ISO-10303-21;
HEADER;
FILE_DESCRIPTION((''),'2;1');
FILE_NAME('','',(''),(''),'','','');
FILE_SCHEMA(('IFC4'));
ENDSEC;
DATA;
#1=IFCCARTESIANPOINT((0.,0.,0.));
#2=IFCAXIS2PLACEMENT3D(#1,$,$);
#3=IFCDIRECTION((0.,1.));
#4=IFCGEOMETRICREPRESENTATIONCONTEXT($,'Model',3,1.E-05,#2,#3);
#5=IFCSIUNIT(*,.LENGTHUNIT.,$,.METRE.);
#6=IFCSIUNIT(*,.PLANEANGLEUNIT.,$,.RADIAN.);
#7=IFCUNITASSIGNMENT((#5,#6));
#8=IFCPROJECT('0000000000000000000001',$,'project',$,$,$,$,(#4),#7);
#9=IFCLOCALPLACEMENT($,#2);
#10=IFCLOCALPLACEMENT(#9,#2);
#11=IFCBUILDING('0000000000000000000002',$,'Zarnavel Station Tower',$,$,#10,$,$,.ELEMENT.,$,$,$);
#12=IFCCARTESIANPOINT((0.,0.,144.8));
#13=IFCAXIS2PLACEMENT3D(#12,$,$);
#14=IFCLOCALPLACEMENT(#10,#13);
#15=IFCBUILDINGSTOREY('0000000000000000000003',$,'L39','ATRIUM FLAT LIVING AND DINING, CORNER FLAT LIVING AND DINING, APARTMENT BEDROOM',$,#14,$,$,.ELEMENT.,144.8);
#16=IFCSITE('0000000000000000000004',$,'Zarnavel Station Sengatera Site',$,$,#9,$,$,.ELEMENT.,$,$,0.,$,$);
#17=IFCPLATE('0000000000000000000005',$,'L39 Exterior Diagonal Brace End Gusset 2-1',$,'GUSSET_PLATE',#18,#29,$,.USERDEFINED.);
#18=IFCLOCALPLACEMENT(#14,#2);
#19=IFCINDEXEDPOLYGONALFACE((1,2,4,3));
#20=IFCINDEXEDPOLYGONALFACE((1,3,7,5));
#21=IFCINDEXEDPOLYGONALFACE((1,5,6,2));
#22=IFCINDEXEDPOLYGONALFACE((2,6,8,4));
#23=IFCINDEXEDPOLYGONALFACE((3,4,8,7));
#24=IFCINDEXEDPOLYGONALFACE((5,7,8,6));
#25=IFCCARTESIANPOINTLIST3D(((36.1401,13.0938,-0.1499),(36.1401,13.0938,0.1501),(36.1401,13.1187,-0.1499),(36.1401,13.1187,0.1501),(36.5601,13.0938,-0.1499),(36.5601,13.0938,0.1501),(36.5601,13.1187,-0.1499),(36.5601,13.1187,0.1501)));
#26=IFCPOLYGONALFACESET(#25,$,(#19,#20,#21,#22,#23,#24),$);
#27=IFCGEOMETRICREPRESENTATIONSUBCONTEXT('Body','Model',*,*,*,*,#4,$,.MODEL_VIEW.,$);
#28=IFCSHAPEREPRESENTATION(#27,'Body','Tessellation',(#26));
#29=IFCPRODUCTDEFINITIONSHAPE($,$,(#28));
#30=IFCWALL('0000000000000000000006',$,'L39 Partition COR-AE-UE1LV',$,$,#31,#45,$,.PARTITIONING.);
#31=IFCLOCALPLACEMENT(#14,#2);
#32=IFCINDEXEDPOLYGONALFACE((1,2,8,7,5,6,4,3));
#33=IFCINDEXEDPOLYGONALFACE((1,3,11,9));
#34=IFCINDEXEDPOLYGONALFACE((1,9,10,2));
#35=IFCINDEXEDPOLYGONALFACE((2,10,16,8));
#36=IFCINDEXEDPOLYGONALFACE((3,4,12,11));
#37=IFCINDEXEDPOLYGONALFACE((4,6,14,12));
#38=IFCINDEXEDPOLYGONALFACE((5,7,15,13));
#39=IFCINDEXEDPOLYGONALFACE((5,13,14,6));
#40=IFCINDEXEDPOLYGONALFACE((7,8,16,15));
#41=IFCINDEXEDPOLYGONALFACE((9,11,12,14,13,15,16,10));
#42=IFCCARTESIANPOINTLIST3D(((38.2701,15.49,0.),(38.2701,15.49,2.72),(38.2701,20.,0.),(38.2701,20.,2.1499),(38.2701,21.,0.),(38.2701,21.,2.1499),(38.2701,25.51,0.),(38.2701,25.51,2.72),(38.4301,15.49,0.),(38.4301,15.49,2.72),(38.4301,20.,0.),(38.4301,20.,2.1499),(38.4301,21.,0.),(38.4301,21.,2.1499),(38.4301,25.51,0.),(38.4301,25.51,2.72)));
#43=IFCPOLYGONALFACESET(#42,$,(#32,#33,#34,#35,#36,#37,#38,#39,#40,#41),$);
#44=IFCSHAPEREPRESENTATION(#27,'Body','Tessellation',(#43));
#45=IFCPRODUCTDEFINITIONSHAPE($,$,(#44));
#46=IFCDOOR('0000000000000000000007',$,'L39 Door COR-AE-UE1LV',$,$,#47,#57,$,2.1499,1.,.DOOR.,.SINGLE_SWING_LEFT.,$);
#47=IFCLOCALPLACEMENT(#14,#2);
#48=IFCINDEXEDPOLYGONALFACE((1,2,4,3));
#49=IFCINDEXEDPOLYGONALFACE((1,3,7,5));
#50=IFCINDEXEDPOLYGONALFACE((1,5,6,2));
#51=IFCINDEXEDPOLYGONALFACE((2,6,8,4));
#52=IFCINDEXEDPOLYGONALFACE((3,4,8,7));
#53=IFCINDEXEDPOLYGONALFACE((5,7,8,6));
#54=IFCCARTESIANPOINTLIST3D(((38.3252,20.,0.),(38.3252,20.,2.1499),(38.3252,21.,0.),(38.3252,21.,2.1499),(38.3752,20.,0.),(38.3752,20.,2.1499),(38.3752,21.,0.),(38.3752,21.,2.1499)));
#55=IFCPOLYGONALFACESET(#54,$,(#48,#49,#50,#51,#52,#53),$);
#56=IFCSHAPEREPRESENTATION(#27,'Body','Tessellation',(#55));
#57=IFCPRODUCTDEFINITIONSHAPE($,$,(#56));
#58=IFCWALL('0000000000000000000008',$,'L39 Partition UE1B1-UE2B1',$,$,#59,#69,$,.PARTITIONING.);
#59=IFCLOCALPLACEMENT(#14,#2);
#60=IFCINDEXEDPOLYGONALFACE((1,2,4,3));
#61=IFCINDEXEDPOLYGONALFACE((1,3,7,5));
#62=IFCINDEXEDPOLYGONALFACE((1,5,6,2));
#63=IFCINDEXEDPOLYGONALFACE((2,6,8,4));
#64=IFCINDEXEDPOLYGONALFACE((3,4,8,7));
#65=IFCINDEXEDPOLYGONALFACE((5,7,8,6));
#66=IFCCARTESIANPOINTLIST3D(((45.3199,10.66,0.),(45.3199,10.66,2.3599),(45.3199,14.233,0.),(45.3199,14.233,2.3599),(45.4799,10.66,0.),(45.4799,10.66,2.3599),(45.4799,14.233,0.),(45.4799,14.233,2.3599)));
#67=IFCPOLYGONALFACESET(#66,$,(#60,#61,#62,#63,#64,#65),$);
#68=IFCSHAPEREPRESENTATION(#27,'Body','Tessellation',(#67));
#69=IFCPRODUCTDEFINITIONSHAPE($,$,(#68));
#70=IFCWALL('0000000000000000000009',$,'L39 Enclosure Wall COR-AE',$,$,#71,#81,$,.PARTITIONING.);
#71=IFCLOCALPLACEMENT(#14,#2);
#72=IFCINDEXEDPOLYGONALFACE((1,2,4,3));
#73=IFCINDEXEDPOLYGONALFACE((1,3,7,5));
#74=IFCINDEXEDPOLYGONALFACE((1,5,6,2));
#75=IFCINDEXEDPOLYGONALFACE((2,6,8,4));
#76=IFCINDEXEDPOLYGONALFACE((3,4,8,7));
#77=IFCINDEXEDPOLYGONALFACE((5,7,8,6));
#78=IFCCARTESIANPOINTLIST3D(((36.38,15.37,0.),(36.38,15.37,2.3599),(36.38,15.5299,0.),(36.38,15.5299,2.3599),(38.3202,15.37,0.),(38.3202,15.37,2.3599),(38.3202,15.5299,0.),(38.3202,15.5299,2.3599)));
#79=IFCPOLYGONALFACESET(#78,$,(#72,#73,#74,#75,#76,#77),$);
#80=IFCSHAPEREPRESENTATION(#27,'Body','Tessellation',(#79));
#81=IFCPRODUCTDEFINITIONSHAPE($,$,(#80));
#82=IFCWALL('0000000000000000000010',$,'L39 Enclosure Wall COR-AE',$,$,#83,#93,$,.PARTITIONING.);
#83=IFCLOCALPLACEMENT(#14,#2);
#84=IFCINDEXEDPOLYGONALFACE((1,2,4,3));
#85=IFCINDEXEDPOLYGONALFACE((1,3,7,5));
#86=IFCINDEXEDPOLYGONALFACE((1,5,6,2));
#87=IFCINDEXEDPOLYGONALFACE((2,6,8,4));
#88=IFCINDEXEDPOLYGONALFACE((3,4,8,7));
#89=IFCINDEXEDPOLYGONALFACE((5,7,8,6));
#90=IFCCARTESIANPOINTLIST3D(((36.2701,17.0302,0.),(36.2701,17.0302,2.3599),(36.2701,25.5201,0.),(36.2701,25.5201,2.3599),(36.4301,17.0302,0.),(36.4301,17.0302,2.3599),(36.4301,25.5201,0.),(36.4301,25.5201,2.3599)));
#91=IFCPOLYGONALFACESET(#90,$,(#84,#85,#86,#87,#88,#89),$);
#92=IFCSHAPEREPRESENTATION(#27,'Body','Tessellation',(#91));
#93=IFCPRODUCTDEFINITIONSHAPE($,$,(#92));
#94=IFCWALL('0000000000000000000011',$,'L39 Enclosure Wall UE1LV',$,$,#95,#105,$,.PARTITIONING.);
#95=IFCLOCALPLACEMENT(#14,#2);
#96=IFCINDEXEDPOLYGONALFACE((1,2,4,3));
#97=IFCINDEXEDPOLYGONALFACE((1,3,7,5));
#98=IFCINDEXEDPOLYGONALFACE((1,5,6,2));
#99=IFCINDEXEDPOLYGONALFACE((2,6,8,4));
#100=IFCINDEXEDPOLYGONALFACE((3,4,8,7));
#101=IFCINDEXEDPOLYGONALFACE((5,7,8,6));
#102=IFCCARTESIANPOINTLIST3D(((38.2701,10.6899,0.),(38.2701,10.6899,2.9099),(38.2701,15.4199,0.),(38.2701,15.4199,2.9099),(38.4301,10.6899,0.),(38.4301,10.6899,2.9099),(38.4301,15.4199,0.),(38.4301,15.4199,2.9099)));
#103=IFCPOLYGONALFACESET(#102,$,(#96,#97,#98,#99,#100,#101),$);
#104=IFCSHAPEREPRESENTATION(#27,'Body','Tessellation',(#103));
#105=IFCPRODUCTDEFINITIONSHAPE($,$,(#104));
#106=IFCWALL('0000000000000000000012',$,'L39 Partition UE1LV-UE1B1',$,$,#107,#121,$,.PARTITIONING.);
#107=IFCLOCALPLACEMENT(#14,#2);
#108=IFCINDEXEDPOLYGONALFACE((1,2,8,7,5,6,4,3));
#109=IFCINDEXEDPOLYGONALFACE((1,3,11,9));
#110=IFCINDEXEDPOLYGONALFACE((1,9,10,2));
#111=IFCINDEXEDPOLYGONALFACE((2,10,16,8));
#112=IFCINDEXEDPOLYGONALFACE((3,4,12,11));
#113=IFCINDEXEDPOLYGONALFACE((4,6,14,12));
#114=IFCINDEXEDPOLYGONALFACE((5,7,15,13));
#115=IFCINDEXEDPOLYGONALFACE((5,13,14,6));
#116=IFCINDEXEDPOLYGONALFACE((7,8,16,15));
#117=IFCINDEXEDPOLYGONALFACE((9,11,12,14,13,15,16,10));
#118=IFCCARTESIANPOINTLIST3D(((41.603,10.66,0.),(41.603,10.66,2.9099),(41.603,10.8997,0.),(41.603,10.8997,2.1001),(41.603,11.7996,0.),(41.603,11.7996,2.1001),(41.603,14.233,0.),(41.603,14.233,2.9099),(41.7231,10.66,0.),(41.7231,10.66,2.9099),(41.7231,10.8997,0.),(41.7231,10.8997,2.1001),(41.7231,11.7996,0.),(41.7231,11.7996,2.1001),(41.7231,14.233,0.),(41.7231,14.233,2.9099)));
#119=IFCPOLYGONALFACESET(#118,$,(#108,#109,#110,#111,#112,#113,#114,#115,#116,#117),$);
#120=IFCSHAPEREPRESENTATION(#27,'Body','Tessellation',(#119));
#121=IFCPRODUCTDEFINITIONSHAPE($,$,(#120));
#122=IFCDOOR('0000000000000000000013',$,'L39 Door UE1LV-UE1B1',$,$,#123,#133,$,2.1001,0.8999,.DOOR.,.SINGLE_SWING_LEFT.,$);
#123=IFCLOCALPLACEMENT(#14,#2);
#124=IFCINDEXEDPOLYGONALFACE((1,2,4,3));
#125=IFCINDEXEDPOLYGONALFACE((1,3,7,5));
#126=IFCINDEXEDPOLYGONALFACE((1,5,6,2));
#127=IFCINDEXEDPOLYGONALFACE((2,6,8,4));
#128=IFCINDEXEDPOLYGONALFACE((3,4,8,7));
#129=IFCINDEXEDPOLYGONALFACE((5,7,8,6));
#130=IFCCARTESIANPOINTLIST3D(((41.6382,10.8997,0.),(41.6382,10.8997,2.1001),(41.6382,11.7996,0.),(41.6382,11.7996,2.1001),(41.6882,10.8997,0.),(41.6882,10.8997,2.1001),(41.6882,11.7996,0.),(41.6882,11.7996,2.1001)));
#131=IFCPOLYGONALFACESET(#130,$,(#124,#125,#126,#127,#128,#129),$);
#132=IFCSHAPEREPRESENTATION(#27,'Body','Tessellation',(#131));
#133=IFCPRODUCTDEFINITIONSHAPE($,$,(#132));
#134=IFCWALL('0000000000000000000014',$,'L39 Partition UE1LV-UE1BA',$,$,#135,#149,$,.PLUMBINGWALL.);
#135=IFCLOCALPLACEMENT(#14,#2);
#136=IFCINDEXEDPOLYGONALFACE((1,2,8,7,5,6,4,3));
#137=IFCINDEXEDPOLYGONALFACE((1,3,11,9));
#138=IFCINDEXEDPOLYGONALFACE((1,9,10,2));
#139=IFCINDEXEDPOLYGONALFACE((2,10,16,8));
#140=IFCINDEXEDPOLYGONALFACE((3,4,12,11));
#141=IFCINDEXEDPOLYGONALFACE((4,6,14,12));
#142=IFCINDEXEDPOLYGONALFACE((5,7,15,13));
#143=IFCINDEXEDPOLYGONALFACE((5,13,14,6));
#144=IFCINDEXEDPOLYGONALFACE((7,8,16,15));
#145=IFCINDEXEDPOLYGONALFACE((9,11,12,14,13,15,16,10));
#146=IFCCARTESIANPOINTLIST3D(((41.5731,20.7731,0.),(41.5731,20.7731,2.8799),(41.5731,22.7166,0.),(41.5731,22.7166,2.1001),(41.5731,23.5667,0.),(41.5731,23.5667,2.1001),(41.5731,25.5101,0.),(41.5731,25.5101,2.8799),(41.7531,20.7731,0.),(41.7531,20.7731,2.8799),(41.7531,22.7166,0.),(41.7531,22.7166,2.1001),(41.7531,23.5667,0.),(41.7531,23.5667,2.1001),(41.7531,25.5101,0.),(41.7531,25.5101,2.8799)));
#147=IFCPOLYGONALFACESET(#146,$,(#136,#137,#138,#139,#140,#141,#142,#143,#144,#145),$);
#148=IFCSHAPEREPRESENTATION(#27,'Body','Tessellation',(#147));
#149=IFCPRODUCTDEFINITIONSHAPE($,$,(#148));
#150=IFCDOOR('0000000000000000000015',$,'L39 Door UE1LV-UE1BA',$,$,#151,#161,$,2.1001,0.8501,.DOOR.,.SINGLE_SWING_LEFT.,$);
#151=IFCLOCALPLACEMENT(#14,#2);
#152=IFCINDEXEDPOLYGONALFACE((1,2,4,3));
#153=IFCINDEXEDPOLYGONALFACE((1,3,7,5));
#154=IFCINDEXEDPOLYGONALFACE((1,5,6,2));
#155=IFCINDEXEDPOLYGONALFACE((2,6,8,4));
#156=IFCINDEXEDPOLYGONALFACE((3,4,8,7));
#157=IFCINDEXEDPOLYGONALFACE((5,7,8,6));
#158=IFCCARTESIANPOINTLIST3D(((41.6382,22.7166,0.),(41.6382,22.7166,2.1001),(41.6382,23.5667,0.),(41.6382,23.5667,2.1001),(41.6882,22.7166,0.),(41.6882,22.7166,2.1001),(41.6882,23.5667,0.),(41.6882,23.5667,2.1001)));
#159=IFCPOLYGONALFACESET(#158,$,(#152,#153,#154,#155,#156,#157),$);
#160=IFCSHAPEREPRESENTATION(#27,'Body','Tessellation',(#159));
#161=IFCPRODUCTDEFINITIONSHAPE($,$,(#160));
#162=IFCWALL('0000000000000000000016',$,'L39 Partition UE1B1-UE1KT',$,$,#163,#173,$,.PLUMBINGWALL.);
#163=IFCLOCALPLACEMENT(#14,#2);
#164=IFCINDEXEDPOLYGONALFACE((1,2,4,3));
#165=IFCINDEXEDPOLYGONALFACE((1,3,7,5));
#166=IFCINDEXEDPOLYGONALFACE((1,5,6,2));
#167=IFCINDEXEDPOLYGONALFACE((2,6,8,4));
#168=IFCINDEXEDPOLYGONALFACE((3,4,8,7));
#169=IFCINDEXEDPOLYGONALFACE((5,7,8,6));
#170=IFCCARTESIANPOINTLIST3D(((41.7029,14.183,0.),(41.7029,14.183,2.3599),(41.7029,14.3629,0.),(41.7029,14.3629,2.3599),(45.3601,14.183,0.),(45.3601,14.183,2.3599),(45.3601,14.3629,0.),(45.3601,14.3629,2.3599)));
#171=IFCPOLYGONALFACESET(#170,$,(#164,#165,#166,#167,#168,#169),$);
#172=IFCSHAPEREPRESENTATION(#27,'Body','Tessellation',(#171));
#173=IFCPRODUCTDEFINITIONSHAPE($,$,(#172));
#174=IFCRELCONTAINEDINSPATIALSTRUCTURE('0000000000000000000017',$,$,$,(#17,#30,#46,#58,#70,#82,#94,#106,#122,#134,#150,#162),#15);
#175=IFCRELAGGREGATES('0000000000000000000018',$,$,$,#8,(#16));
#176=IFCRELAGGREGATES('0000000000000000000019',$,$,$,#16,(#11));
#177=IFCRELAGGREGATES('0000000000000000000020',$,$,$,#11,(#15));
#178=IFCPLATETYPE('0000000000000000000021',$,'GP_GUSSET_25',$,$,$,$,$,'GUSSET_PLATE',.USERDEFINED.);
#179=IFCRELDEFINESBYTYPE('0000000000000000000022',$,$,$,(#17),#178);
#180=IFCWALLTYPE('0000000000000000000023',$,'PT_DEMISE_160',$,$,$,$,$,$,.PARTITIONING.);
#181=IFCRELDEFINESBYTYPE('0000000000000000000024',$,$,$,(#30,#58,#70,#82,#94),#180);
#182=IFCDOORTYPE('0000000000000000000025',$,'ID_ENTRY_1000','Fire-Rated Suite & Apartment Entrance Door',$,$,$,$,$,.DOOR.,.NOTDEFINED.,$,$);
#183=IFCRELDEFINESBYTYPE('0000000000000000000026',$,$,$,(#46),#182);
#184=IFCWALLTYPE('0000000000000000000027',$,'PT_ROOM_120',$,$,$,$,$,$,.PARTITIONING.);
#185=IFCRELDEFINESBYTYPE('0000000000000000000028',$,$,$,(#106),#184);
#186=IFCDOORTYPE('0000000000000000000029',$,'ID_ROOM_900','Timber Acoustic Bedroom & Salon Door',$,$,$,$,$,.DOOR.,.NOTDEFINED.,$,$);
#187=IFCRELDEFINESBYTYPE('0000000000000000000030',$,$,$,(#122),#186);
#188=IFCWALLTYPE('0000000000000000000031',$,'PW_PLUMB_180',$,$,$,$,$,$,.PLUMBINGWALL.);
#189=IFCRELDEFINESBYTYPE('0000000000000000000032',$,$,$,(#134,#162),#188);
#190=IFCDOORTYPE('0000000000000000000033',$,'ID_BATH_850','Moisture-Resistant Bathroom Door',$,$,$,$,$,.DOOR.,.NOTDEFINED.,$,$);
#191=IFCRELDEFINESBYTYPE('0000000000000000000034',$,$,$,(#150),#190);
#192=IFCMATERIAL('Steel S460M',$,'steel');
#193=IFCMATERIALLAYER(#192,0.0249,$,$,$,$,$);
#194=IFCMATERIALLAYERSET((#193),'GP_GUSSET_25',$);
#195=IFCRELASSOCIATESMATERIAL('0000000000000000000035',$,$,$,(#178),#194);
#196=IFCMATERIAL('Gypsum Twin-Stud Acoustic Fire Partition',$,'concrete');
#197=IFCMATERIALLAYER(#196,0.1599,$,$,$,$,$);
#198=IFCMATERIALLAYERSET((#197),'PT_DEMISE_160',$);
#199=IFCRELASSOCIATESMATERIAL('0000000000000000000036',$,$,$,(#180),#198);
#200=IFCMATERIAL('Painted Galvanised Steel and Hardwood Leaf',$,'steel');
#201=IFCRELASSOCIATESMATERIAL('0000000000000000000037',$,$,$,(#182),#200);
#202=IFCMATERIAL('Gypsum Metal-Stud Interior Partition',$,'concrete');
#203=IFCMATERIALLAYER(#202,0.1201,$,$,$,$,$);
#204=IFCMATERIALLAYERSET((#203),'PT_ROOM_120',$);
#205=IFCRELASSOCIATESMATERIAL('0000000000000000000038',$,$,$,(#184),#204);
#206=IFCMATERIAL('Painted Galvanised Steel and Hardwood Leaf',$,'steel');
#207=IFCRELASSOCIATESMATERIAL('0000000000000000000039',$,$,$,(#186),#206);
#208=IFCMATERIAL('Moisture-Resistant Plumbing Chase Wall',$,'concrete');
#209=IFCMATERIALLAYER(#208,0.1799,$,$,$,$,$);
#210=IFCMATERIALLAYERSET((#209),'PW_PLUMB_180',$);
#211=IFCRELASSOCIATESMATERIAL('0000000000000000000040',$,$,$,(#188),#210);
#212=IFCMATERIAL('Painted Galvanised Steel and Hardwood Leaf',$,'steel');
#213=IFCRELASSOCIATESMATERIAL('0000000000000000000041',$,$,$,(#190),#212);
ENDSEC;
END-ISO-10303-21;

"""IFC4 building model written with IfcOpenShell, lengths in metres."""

from ifc_helpers import new_model, si_unit, direction, frame, frame_2d, origin, origin_2d, place, context, subcontext, project, spatial, rectangle, extrude, material, layer, layer_set, type_object, element, fill, save


model = new_model("IFC4")

# Units and contexts
model_context = context("Model", 3, precision=1e-05, world=origin(), true_north=direction((0.0, 1.0)))
body_context = subcontext(model_context, "Body", "Model", "MODEL_VIEW")
ifc_project = project(units=[si_unit("LENGTHUNIT", "METRE"), si_unit("PLANEANGLEUNIT", "RADIAN")], contexts=[model_context])

# Site, building, storey
site_placement = place(None, origin())
site = spatial("IfcSite", under=ifc_project, at=site_placement, Name="Zarnavel Station Sengatera Site", CompositionType="ELEMENT", RefElevation=0.0)
building_placement = place(site_placement, origin())
building = spatial("IfcBuilding", under=site, at=building_placement, Name="Zarnavel Station Tower", CompositionType="ELEMENT")
storey_placement = place(building_placement, frame((0.0, 0.0, 144.8)))
storey = spatial("IfcBuildingStorey", under=building, at=storey_placement, Name="L39", Description="ATRIUM FLAT LIVING AND DINING, CORNER FLAT LIVING AND DINING, APARTMENT BEDROOM", CompositionType="ELEMENT", Elevation=144.8)

# Plate
ifc_material_1 = material(Name="Steel S460M", Category="steel")
ifc_layer_1 = layer(ifc_material_1, 0.0249)
ifc_layer_set_1 = layer_set([ifc_layer_1], Name="GP_GUSSET_25")
plate_type = type_object("IfcPlateType", Name="GP_GUSSET_25", ElementType="GUSSET_PLATE", PredefinedType="USERDEFINED", material=ifc_layer_set_1)
plate_placement = place(storey_placement, frame((36.3501, 13.1062, -0.1499), z_axis=(0.0, 0.0, 1.0), x_axis=(1.0, 0.0, 0.0)))
element("IfcPlate", 1, at=plate_placement, inside=storey, type_object=plate_type, Name="L39 Exterior Diagonal Brace End Gusset 2-1", ObjectType="GUSSET_PLATE", PredefinedType="USERDEFINED", context=body_context, shape_type="SweptSolid", body=[
    extrude(rectangle(XDim=0.4199, YDim=0.0249, at=origin_2d()), origin(), (0.0, 0.0, 1.0), 0.3),
])

# Wall, opening, door
ifc_material_2 = material(Name="Gypsum Twin-Stud Acoustic Fire Partition", Category="concrete")
ifc_layer_2 = layer(ifc_material_2, 0.1599)
ifc_layer_set_2 = layer_set([ifc_layer_2], Name="PT_DEMISE_160")
wall_type_1 = type_object("IfcWallType", Name="PT_DEMISE_160", PredefinedType="PARTITIONING", material=ifc_layer_set_2)
wall_1_placement = place(storey_placement, frame((38.3501, 15.49, 0.0), z_axis=(0.0, 0.0, 1.0), x_axis=(0.0, 1.0, 0.0)))
wall_1 = element("IfcWall", 2, at=wall_1_placement, inside=storey, type_object=wall_type_1, Name="L39 Partition COR-AE-UE1LV", PredefinedType="PARTITIONING", context=body_context, shape_type="SweptSolid", body=[
    extrude(rectangle(XDim=10.02, YDim=0.1599, at=frame_2d((5.01, 0.0))), origin(), (0.0, 0.0, 1.0), 2.72),
])
opening_1_placement = place(wall_1_placement, frame((4.51, 0.0, 0.0)))
opening_1 = element("IfcOpeningElement", 3, at=opening_1_placement, cuts=wall_1, PredefinedType="OPENING", context=body_context, shape_type="SweptSolid", body=[
    extrude(rectangle(XDim=1.0, YDim=2.1499, at=frame_2d((0.5, 1.075))), frame((0.0, 0.0898, 0.0), z_axis=(0.0, -1.0, 0.0), x_axis=(1.0, 0.0, 0.0)), (0.0, 0.0, 1.0), 0.1799),
])
ifc_material_3 = material(Name="Painted Galvanised Steel and Hardwood Leaf", Category="steel")
door_type_1 = type_object("IfcDoorType", Name="ID_ENTRY_1000", Description="Fire-Rated Suite & Apartment Entrance Door", OperationType="NOTDEFINED", PredefinedType="DOOR", material=ifc_material_3)
door_1_placement = place(opening_1_placement, origin())
door_1 = element("IfcDoor", 4, at=door_1_placement, inside=storey, type_object=door_type_1, Name="L39 Door COR-AE-UE1LV", OperationType="SINGLE_SWING_LEFT", OverallHeight=2.1499, OverallWidth=1.0, PredefinedType="DOOR", context=body_context, shape_type="SweptSolid", body=[
    extrude(rectangle(XDim=1.0, YDim=2.1499, at=frame_2d((0.5, 1.075))), frame((0.0, 0.0249, 0.0), z_axis=(0.0, -1.0, 0.0), x_axis=(1.0, 0.0, 0.0)), (0.0, 0.0, 1.0), 0.05),
])
fill(opening_1, door_1)

# Walls
wall_2_placement = place(storey_placement, frame((45.3999, 10.6599, 0.0), z_axis=(0.0, 0.0, 1.0), x_axis=(0.0, 1.0, 0.0)))
element("IfcWall", 5, at=wall_2_placement, inside=storey, type_object=wall_type_1, Name="L39 Partition UE1B1-UE2B1", PredefinedType="PARTITIONING", context=body_context, shape_type="SweptSolid", body=[
    extrude(rectangle(XDim=3.573, YDim=0.1599, at=frame_2d((1.7866, 0.0))), origin(), (0.0, 0.0, 1.0), 2.3599),
])
wall_3_placement = place(storey_placement, frame((36.3799, 15.45, 0.0), z_axis=(0.0, 0.0, 1.0), x_axis=(1.0, 0.0, 0.0)))
element("IfcWall", 6, at=wall_3_placement, inside=storey, type_object=wall_type_1, Name="L39 Enclosure Wall COR-AE", PredefinedType="PARTITIONING", context=body_context, shape_type="SweptSolid", body=[
    extrude(rectangle(XDim=1.9402, YDim=0.1599, at=frame_2d((0.9702, 0.0))), origin(), (0.0, 0.0, 1.0), 2.3599),
])
wall_4_placement = place(storey_placement, frame((36.3501, 17.03, 0.0), z_axis=(0.0, 0.0, 1.0), x_axis=(0.0, 1.0, 0.0)))
element("IfcWall", 7, at=wall_4_placement, inside=storey, type_object=wall_type_1, Name="L39 Enclosure Wall COR-AE", PredefinedType="PARTITIONING", context=body_context, shape_type="SweptSolid", body=[
    extrude(rectangle(XDim=8.49, YDim=0.1599, at=frame_2d((4.2451, 0.0))), origin(), (0.0, 0.0, 1.0), 2.3599),
])
wall_5_placement = place(storey_placement, frame((38.3501, 10.6899, 0.0), z_axis=(0.0, 0.0, 1.0), x_axis=(0.0, 1.0, 0.0)))
element("IfcWall", 8, at=wall_5_placement, inside=storey, type_object=wall_type_1, Name="L39 Enclosure Wall UE1LV", PredefinedType="PARTITIONING", context=body_context, shape_type="SweptSolid", body=[
    extrude(rectangle(XDim=4.73, YDim=0.1599, at=frame_2d((2.365, 0.0))), origin(), (0.0, 0.0, 1.0), 2.9099),
])

# Walls, openings, doors
ifc_material_4 = material(Name="Gypsum Metal-Stud Interior Partition", Category="concrete")
ifc_layer_3 = layer(ifc_material_4, 0.1201)
ifc_layer_set_3 = layer_set([ifc_layer_3], Name="PT_ROOM_120")
wall_type_2 = type_object("IfcWallType", Name="PT_ROOM_120", PredefinedType="PARTITIONING", material=ifc_layer_set_3)
wall_6_placement = place(storey_placement, frame((41.6631, 10.6599, 0.0), z_axis=(0.0, 0.0, 1.0), x_axis=(0.0, 1.0, 0.0)))
wall_6 = element("IfcWall", 9, at=wall_6_placement, inside=storey, type_object=wall_type_2, Name="L39 Partition UE1LV-UE1B1", PredefinedType="PARTITIONING", context=body_context, shape_type="SweptSolid", body=[
    extrude(rectangle(XDim=3.573, YDim=0.1201, at=frame_2d((1.7866, 0.0))), origin(), (0.0, 0.0, 1.0), 2.9099),
])
opening_2_placement = place(wall_6_placement, frame((0.2397, 0.0, 0.0)))
opening_2 = element("IfcOpeningElement", 10, at=opening_2_placement, cuts=wall_6, PredefinedType="OPENING", context=body_context, shape_type="SweptSolid", body=[
    extrude(rectangle(XDim=0.8999, YDim=2.1001, at=frame_2d((0.45, 1.05))), frame((0.0, 0.0701, 0.0), z_axis=(0.0, -1.0, 0.0), x_axis=(1.0, 0.0, 0.0)), (0.0, 0.0, 1.0), 0.1401),
])
ifc_material_5 = material(Name="Painted Galvanised Steel and Hardwood Leaf", Category="steel")
door_type_2 = type_object("IfcDoorType", Name="ID_ROOM_900", Description="Timber Acoustic Bedroom & Salon Door", OperationType="NOTDEFINED", PredefinedType="DOOR", material=ifc_material_5)
door_2_placement = place(opening_2_placement, origin())
door_2 = element("IfcDoor", 11, at=door_2_placement, inside=storey, type_object=door_type_2, Name="L39 Door UE1LV-UE1B1", OperationType="SINGLE_SWING_LEFT", OverallHeight=2.1001, OverallWidth=0.8999, PredefinedType="DOOR", context=body_context, shape_type="SweptSolid", body=[
    extrude(rectangle(XDim=0.8999, YDim=2.1001, at=frame_2d((0.45, 1.05))), frame((0.0, 0.0249, 0.0), z_axis=(0.0, -1.0, 0.0), x_axis=(1.0, 0.0, 0.0)), (0.0, 0.0, 1.0), 0.05),
])
fill(opening_2, door_2)
ifc_material_6 = material(Name="Moisture-Resistant Plumbing Chase Wall", Category="concrete")
ifc_layer_4 = layer(ifc_material_6, 0.1799)
ifc_layer_set_4 = layer_set([ifc_layer_4], Name="PW_PLUMB_180")
wall_type_3 = type_object("IfcWallType", Name="PW_PLUMB_180", PredefinedType="PLUMBINGWALL", material=ifc_layer_set_4)
wall_7_placement = place(storey_placement, frame((41.6631, 20.7729, 0.0), z_axis=(0.0, 0.0, 1.0), x_axis=(0.0, 1.0, 0.0)))
wall_7 = element("IfcWall", 12, at=wall_7_placement, inside=storey, type_object=wall_type_3, Name="L39 Partition UE1LV-UE1BA", PredefinedType="PLUMBINGWALL", context=body_context, shape_type="SweptSolid", body=[
    extrude(rectangle(XDim=4.7371, YDim=0.1799, at=frame_2d((2.3687, 0.0))), origin(), (0.0, 0.0, 1.0), 2.8799),
])
opening_3_placement = place(wall_7_placement, frame((1.9436, 0.0, 0.0)))
opening_3 = element("IfcOpeningElement", 13, at=opening_3_placement, cuts=wall_7, PredefinedType="OPENING", context=body_context, shape_type="SweptSolid", body=[
    extrude(rectangle(XDim=0.8501, YDim=2.1001, at=frame_2d((0.425, 1.05))), frame((0.0, 0.0999, 0.0), z_axis=(0.0, -1.0, 0.0), x_axis=(1.0, 0.0, 0.0)), (0.0, 0.0, 1.0), 0.2),
])
ifc_material_7 = material(Name="Painted Galvanised Steel and Hardwood Leaf", Category="steel")
door_type_3 = type_object("IfcDoorType", Name="ID_BATH_850", Description="Moisture-Resistant Bathroom Door", OperationType="NOTDEFINED", PredefinedType="DOOR", material=ifc_material_7)
door_3_placement = place(opening_3_placement, origin())
door_3 = element("IfcDoor", 14, at=door_3_placement, inside=storey, type_object=door_type_3, Name="L39 Door UE1LV-UE1BA", OperationType="SINGLE_SWING_LEFT", OverallHeight=2.1001, OverallWidth=0.8501, PredefinedType="DOOR", context=body_context, shape_type="SweptSolid", body=[
    extrude(rectangle(XDim=0.8501, YDim=2.1001, at=frame_2d((0.425, 1.05))), frame((0.0, 0.0249, 0.0), z_axis=(0.0, -1.0, 0.0), x_axis=(1.0, 0.0, 0.0)), (0.0, 0.0, 1.0), 0.05),
])
fill(opening_3, door_3)

# Wall
for number, where, z_axis, x_axis, name in (
    (15, (41.7029, 14.2729, 0.0), (0.0, 0.0, 1.0), (1.0, 0.0, 0.0), "L39 Partition UE1B1-UE1KT"),
):
    element("IfcWall", number, at=place(storey_placement, frame(where, z_axis=z_axis, x_axis=x_axis)), inside=storey, type_object=wall_type_3, Name=name, PredefinedType="PLUMBINGWALL", context=body_context, shape_type="SweptSolid", body=[
        extrude(rectangle(XDim=3.6572, YDim=0.1799, at=frame_2d((1.8286, 0.0))), origin(), (0.0, 0.0, 1.0), 2.3599),
    ])

save(model, "model.ifc")
